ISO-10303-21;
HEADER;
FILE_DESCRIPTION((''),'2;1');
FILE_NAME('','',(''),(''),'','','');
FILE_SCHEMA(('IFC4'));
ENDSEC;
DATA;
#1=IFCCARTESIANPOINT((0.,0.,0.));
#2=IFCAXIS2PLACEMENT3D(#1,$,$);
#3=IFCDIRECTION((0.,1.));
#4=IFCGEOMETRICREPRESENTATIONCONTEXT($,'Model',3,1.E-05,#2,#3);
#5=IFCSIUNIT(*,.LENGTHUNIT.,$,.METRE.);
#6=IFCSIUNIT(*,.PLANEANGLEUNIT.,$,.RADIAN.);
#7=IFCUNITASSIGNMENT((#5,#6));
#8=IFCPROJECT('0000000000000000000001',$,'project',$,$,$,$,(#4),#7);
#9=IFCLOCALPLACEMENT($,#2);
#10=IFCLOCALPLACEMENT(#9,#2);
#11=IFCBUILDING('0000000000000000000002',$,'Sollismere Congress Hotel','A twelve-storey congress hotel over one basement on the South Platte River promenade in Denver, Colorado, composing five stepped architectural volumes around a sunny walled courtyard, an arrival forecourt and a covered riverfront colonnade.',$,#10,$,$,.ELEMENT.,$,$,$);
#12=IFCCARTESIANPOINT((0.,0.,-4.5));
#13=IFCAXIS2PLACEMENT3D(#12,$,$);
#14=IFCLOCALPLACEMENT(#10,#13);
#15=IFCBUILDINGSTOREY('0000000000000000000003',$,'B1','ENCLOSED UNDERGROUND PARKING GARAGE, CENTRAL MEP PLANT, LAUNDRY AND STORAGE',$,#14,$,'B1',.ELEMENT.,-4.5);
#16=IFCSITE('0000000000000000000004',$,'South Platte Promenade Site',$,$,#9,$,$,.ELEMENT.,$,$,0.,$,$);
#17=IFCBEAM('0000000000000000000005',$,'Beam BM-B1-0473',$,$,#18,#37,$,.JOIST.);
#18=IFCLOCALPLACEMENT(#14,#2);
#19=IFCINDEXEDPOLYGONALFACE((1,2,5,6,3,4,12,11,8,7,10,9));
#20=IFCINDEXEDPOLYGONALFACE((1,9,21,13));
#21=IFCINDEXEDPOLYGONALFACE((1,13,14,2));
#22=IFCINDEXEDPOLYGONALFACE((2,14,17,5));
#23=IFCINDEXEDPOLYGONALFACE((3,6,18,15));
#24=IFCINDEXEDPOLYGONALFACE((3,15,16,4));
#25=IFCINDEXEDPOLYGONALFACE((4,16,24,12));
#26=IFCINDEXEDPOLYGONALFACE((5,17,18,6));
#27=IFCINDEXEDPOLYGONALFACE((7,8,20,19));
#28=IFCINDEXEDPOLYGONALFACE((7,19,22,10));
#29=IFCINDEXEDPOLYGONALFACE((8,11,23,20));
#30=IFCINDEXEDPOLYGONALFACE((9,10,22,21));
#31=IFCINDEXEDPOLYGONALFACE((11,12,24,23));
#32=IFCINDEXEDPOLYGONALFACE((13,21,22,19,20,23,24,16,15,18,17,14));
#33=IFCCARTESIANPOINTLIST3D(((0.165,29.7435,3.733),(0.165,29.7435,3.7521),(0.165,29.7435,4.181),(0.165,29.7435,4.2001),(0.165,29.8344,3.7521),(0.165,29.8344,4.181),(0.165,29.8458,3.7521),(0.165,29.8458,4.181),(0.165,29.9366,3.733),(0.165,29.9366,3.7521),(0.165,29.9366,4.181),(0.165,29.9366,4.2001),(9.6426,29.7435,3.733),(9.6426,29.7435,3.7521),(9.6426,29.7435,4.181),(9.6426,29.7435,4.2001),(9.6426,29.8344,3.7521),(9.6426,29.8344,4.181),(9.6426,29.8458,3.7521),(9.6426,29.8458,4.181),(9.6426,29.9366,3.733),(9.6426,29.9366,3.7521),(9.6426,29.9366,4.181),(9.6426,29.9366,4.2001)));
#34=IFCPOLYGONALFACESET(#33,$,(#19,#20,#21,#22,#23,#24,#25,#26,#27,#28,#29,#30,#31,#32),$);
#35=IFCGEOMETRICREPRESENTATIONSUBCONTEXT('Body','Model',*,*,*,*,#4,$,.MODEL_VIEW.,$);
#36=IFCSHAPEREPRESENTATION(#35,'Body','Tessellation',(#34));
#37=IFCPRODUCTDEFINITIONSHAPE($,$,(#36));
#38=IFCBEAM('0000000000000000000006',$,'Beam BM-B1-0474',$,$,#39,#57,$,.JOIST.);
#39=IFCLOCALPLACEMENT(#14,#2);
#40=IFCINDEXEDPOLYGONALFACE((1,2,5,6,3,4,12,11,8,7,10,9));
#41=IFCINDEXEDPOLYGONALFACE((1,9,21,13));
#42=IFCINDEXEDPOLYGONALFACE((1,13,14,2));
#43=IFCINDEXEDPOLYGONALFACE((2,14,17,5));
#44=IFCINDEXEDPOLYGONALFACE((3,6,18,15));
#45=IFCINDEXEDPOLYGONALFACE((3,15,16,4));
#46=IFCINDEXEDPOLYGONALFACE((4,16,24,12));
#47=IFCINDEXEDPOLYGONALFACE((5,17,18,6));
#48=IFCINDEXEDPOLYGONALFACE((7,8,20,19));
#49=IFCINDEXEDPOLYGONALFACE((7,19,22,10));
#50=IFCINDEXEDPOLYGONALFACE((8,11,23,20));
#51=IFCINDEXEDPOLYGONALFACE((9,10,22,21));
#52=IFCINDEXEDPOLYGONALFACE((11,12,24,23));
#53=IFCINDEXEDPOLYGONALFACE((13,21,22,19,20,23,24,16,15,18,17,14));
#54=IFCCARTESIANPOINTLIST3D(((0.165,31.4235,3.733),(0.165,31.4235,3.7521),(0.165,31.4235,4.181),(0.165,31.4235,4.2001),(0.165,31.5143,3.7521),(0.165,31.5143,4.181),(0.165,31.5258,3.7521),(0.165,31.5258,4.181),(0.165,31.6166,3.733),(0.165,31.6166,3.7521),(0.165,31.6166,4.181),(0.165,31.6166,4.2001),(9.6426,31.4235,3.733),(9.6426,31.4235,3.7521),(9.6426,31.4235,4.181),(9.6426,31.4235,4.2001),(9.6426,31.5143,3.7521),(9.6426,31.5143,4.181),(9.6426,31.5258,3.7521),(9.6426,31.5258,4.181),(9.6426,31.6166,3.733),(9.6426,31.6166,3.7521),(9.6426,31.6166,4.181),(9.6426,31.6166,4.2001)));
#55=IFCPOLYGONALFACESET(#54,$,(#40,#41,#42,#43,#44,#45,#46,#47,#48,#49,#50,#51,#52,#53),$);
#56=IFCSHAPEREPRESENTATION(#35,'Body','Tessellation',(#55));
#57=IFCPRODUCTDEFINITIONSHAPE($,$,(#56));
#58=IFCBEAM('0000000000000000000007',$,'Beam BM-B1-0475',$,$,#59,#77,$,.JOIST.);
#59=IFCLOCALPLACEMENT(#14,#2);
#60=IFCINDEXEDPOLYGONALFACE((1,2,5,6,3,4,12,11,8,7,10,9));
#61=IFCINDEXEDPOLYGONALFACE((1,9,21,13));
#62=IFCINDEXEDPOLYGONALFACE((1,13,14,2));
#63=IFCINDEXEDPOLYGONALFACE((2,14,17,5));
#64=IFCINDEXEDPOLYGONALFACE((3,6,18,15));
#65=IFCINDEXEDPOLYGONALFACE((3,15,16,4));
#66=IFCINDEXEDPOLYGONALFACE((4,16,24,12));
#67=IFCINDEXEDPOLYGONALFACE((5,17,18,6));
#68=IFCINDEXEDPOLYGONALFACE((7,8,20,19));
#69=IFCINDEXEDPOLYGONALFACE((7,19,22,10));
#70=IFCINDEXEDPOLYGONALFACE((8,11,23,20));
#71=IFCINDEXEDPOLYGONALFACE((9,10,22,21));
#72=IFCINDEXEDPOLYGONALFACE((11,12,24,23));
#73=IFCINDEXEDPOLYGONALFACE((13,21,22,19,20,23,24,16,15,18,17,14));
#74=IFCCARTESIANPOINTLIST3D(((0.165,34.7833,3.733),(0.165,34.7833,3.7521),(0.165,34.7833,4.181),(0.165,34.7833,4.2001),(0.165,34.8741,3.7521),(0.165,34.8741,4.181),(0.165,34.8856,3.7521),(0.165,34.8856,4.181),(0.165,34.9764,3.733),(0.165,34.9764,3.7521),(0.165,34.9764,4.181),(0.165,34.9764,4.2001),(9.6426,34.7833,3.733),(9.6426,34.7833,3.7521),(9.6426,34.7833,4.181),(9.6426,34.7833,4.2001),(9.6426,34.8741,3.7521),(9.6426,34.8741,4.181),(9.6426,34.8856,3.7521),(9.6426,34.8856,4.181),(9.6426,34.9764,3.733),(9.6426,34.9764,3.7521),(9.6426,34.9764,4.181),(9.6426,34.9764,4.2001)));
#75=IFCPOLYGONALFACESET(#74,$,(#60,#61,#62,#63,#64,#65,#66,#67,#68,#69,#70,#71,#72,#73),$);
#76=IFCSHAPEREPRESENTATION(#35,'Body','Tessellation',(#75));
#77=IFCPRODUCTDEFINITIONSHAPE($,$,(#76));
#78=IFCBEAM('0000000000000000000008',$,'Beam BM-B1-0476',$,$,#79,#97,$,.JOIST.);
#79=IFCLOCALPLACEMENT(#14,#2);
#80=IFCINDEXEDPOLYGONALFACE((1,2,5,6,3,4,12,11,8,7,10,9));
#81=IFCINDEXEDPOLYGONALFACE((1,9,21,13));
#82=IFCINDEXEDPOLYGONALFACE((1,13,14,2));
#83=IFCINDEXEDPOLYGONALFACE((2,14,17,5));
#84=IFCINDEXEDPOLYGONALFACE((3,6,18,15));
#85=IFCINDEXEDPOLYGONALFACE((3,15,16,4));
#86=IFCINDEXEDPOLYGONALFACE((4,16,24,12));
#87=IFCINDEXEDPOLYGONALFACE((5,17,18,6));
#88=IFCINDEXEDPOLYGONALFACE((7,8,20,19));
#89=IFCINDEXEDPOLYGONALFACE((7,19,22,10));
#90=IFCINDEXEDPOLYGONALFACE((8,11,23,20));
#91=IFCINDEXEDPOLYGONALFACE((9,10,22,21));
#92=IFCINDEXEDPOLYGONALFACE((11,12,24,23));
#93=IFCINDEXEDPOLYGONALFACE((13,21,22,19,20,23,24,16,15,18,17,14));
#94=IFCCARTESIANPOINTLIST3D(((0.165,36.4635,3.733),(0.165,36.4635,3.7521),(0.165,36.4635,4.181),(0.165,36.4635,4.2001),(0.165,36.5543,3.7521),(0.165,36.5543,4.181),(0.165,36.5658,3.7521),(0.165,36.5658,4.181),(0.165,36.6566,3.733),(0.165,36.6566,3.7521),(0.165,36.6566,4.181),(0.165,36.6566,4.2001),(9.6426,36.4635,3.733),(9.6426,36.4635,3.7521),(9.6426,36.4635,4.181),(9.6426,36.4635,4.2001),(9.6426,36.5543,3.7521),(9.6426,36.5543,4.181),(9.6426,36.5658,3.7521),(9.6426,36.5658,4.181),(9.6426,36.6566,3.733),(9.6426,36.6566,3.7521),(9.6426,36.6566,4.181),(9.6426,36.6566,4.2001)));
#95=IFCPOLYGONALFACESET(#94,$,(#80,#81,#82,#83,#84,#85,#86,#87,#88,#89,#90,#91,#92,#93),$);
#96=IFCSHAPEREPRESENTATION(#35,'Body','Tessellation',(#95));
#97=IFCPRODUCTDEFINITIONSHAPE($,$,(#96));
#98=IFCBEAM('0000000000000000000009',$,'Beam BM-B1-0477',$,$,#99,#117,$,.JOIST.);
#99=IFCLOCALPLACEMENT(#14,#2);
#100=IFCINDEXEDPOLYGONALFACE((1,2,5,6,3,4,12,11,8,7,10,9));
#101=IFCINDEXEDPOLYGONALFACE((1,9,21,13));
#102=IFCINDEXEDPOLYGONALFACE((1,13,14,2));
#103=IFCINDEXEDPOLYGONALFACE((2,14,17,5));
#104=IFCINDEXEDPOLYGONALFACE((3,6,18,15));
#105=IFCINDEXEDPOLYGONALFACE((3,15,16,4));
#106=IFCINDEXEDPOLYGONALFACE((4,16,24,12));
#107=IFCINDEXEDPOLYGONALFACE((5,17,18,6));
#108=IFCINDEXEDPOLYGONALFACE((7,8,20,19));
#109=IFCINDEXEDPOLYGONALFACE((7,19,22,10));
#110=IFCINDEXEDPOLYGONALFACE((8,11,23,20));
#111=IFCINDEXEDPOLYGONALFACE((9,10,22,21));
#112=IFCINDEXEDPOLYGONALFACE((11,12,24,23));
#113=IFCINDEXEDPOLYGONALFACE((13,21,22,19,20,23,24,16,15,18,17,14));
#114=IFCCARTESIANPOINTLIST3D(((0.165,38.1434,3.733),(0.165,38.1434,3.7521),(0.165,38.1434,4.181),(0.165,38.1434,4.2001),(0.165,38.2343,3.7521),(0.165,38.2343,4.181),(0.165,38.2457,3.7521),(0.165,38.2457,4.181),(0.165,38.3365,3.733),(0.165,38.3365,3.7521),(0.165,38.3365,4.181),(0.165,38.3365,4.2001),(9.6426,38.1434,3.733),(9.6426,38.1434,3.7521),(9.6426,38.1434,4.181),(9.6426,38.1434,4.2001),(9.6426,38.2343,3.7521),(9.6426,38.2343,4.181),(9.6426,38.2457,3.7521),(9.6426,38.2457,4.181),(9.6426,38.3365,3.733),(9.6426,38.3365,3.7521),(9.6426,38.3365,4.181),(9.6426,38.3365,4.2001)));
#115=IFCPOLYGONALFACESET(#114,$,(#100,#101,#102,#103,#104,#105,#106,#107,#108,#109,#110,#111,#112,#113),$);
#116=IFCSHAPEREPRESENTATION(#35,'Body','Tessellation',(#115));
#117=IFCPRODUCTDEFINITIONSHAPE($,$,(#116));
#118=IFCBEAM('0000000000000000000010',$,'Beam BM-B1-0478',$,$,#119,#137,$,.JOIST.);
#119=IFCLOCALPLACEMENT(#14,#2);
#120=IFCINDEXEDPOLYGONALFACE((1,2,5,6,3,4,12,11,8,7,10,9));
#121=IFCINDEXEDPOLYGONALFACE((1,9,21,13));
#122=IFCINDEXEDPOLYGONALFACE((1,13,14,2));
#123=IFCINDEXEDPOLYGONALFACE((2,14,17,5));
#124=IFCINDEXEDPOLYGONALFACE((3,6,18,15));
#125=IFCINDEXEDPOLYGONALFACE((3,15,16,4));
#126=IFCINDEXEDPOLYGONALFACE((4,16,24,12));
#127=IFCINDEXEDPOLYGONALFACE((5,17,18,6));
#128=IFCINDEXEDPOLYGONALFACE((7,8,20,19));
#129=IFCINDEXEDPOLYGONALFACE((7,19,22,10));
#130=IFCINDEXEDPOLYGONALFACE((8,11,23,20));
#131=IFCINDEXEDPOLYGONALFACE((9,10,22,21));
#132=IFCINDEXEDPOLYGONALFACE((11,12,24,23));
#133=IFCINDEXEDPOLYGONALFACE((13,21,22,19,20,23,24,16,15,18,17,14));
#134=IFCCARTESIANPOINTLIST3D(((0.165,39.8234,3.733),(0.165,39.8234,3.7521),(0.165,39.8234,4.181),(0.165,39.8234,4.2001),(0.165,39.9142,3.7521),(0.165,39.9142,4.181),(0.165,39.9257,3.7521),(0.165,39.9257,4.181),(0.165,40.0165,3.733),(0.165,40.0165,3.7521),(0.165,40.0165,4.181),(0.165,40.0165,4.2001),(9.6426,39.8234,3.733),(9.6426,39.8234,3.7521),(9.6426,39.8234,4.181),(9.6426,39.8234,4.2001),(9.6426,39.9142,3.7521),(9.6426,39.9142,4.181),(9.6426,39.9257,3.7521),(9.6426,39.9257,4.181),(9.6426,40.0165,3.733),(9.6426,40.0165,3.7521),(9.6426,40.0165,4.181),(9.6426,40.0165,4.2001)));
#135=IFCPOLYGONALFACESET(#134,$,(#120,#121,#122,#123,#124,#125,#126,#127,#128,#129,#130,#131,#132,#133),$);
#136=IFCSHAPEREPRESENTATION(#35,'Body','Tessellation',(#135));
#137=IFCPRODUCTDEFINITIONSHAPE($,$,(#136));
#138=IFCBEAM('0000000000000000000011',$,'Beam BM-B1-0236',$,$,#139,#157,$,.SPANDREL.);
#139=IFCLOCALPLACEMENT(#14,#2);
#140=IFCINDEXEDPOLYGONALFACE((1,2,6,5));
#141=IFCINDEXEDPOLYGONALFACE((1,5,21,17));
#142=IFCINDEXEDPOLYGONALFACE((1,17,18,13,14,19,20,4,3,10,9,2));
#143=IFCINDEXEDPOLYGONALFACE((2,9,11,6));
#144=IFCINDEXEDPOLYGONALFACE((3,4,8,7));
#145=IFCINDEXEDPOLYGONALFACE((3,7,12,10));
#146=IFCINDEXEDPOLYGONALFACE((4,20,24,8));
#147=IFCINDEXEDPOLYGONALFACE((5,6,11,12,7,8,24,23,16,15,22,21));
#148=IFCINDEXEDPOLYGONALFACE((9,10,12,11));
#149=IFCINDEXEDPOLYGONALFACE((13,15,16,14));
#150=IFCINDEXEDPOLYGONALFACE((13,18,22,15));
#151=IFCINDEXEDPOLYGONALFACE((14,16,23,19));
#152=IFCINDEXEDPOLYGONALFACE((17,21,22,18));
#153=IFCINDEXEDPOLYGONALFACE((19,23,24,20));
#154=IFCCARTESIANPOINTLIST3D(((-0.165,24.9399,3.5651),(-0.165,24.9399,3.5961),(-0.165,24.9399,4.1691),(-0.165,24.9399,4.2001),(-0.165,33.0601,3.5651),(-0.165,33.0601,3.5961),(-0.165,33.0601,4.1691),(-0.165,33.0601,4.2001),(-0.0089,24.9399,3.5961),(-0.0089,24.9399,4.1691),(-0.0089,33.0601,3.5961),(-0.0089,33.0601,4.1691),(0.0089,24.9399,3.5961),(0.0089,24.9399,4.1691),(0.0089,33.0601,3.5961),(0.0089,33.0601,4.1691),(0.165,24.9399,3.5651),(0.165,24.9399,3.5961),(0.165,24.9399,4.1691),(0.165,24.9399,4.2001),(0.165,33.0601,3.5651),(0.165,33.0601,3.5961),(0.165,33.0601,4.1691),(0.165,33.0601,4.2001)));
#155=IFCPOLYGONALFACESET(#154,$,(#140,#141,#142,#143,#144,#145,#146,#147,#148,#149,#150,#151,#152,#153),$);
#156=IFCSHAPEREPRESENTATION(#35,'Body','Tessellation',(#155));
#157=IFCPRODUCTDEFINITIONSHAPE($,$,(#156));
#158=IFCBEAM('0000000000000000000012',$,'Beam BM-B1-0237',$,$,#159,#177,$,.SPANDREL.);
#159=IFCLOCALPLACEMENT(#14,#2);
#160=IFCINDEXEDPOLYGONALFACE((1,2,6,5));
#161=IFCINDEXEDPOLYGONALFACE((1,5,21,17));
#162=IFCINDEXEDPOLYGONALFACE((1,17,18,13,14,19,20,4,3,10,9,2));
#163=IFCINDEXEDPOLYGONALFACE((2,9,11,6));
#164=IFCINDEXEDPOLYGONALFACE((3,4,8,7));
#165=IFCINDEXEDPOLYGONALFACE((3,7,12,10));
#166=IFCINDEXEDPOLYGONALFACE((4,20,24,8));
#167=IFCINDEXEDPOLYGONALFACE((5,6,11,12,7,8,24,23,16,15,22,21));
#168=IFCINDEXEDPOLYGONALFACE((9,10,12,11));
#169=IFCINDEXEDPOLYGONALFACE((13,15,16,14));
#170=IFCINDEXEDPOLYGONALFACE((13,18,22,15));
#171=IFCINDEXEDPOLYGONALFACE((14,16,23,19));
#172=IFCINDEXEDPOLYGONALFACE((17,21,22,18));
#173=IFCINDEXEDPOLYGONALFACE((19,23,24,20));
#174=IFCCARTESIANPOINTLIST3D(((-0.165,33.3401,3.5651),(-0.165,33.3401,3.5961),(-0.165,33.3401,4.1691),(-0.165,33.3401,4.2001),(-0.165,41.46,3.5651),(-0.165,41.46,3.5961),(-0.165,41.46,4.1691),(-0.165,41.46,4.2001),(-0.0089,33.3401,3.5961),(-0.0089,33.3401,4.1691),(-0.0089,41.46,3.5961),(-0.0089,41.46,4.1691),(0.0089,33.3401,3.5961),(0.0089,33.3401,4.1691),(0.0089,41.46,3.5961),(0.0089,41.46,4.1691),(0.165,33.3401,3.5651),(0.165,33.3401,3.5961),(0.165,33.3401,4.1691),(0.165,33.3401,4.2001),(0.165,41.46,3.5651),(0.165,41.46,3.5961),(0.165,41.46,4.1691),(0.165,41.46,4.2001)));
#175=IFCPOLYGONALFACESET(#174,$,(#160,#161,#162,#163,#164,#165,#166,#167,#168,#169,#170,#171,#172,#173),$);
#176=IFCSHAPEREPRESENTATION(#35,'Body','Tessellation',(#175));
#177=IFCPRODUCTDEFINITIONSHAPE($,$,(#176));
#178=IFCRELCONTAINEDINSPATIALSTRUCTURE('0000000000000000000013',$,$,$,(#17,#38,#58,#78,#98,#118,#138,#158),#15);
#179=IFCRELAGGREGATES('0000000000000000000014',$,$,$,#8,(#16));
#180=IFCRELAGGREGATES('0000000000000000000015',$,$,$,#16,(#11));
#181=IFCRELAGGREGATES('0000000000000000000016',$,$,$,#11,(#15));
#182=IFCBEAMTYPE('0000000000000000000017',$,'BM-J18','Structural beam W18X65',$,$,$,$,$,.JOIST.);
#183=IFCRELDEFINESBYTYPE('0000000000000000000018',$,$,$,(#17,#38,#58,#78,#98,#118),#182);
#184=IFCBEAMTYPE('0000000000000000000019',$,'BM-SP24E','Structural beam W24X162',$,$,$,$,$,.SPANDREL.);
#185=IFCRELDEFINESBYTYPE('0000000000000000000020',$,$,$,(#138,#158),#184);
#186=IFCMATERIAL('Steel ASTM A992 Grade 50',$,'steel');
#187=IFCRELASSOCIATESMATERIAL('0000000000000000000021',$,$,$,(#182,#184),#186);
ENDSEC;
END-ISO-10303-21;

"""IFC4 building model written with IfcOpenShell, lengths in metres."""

from ifc_helpers import new_model, si_unit, direction, frame, origin, origin_2d, place, context, subcontext, project, spatial, i_section, extrude, material, material_profile, profile_set, type_object, element, save


model = new_model("IFC4")

# Units and contexts
model_context = context("Model", 3, precision=1e-05, world=origin(), true_north=direction((0.0, 1.0)))
body_context = subcontext(model_context, "Body", "Model", "MODEL_VIEW")
ifc_project = project(units=[si_unit("LENGTHUNIT", "METRE"), si_unit("PLANEANGLEUNIT", "RADIAN")], contexts=[model_context])

# Site, building, storey
site_placement = place(None, origin())
site = spatial("IfcSite", under=ifc_project, at=site_placement, Name="South Platte Promenade Site", CompositionType="ELEMENT", RefElevation=0.0)
building_placement = place(site_placement, origin())
building = spatial("IfcBuilding", under=site, at=building_placement, Name="Sollismere Congress Hotel", Description="A twelve-storey congress hotel over one basement on the South Platte River promenade in Denver, Colorado, composing five stepped architectural volumes around a sunny walled courtyard, an arrival forecourt and a covered riverfront colonnade.", CompositionType="ELEMENT")
storey_placement = place(building_placement, frame((0.0, 0.0, -4.5)))
storey = spatial("IfcBuildingStorey", under=building, at=storey_placement, Name="B1", Description="ENCLOSED UNDERGROUND PARKING GARAGE, CENTRAL MEP PLANT, LAUNDRY AND STORAGE", LongName="B1", CompositionType="ELEMENT", Elevation=-4.5)

# Beams
ifc_material_1 = material(Name="Steel ASTM A992 Grade 50", Category="steel")
ifc_material_profile_1 = material_profile(ifc_material_1, i_section(OverallWidth=0.1931, OverallDepth=0.467, WebThickness=0.0115, FlangeThickness=0.019, at=origin_2d()), Name="W18X65")
ifc_profile_set_1 = profile_set([ifc_material_profile_1], Name="Steel ASTM A992 Grade 50")
beam_type_1 = type_object("IfcBeamType", Name="BM-J18", Description="Structural beam W18X65", PredefinedType="JOIST", material=ifc_profile_set_1)
for number, where, z_axis, x_axis, name in (
    (1, (0.165, 29.8401, 3.9666), (1.0, 0.0, 0.0), (0.0, 1.0, 0.0), "Beam BM-B1-0473"),
    (2, (0.165, 31.52, 3.9666), (1.0, 0.0, 0.0), (0.0, 1.0, 0.0), "Beam BM-B1-0474"),
    (3, (0.165, 34.8799, 3.9666), (1.0, 0.0, 0.0), (0.0, 1.0, 0.0), "Beam BM-B1-0475"),
    (4, (0.165, 36.5601, 3.9666), (1.0, 0.0, 0.0), (0.0, 1.0, 0.0), "Beam BM-B1-0476"),
    (5, (0.165, 38.24, 3.9666), (1.0, 0.0, 0.0), (0.0, 1.0, 0.0), "Beam BM-B1-0477"),
    (6, (0.165, 39.9199, 3.9666), (1.0, 0.0, 0.0), (0.0, 1.0, 0.0), "Beam BM-B1-0478"),
):
    element("IfcBeam", number, at=place(storey_placement, frame(where, z_axis=z_axis, x_axis=x_axis)), inside=storey, type_object=beam_type_1, Name=name, PredefinedType="JOIST", context=body_context, shape_type="SweptSolid", body=[
        extrude(i_section(OverallWidth=0.1931, OverallDepth=0.467, WebThickness=0.0115, FlangeThickness=0.019, at=origin_2d()), origin(), (0.0, 0.0, 1.0), 9.4775),
    ])
ifc_material_profile_2 = material_profile(ifc_material_1, i_section(OverallWidth=0.3301, OverallDepth=0.635, WebThickness=0.0178, FlangeThickness=0.031, at=origin_2d()), Name="W24X162")
ifc_profile_set_2 = profile_set([ifc_material_profile_2], Name="Steel ASTM A992 Grade 50")
beam_type_2 = type_object("IfcBeamType", Name="BM-SP24E", Description="Structural beam W24X162", PredefinedType="SPANDREL", material=ifc_profile_set_2)
beam_1_placement = place(storey_placement, frame((0.0, 24.9399, 3.8826), z_axis=(0.0, 1.0, 0.0), x_axis=(-1.0, 0.0, 0.0)))
element("IfcBeam", 7, at=beam_1_placement, inside=storey, type_object=beam_type_2, Name="Beam BM-B1-0236", PredefinedType="SPANDREL", context=body_context, shape_type="SweptSolid", body=[
    extrude(i_section(OverallWidth=0.3301, OverallDepth=0.635, WebThickness=0.0178, FlangeThickness=0.031, at=origin_2d()), origin(), (0.0, 0.0, 1.0), 8.1201),
])
beam_2_placement = place(storey_placement, frame((0.0, 33.3401, 3.8826), z_axis=(0.0, 1.0, 0.0), x_axis=(-1.0, 0.0, 0.0)))
element("IfcBeam", 8, at=beam_2_placement, inside=storey, type_object=beam_type_2, Name="Beam BM-B1-0237", PredefinedType="SPANDREL", context=body_context, shape_type="SweptSolid", body=[
    extrude(i_section(OverallWidth=0.3301, OverallDepth=0.635, WebThickness=0.0178, FlangeThickness=0.031, at=origin_2d()), origin(), (0.0, 0.0, 1.0), 8.1199),
])

save(model, "model.ifc")
